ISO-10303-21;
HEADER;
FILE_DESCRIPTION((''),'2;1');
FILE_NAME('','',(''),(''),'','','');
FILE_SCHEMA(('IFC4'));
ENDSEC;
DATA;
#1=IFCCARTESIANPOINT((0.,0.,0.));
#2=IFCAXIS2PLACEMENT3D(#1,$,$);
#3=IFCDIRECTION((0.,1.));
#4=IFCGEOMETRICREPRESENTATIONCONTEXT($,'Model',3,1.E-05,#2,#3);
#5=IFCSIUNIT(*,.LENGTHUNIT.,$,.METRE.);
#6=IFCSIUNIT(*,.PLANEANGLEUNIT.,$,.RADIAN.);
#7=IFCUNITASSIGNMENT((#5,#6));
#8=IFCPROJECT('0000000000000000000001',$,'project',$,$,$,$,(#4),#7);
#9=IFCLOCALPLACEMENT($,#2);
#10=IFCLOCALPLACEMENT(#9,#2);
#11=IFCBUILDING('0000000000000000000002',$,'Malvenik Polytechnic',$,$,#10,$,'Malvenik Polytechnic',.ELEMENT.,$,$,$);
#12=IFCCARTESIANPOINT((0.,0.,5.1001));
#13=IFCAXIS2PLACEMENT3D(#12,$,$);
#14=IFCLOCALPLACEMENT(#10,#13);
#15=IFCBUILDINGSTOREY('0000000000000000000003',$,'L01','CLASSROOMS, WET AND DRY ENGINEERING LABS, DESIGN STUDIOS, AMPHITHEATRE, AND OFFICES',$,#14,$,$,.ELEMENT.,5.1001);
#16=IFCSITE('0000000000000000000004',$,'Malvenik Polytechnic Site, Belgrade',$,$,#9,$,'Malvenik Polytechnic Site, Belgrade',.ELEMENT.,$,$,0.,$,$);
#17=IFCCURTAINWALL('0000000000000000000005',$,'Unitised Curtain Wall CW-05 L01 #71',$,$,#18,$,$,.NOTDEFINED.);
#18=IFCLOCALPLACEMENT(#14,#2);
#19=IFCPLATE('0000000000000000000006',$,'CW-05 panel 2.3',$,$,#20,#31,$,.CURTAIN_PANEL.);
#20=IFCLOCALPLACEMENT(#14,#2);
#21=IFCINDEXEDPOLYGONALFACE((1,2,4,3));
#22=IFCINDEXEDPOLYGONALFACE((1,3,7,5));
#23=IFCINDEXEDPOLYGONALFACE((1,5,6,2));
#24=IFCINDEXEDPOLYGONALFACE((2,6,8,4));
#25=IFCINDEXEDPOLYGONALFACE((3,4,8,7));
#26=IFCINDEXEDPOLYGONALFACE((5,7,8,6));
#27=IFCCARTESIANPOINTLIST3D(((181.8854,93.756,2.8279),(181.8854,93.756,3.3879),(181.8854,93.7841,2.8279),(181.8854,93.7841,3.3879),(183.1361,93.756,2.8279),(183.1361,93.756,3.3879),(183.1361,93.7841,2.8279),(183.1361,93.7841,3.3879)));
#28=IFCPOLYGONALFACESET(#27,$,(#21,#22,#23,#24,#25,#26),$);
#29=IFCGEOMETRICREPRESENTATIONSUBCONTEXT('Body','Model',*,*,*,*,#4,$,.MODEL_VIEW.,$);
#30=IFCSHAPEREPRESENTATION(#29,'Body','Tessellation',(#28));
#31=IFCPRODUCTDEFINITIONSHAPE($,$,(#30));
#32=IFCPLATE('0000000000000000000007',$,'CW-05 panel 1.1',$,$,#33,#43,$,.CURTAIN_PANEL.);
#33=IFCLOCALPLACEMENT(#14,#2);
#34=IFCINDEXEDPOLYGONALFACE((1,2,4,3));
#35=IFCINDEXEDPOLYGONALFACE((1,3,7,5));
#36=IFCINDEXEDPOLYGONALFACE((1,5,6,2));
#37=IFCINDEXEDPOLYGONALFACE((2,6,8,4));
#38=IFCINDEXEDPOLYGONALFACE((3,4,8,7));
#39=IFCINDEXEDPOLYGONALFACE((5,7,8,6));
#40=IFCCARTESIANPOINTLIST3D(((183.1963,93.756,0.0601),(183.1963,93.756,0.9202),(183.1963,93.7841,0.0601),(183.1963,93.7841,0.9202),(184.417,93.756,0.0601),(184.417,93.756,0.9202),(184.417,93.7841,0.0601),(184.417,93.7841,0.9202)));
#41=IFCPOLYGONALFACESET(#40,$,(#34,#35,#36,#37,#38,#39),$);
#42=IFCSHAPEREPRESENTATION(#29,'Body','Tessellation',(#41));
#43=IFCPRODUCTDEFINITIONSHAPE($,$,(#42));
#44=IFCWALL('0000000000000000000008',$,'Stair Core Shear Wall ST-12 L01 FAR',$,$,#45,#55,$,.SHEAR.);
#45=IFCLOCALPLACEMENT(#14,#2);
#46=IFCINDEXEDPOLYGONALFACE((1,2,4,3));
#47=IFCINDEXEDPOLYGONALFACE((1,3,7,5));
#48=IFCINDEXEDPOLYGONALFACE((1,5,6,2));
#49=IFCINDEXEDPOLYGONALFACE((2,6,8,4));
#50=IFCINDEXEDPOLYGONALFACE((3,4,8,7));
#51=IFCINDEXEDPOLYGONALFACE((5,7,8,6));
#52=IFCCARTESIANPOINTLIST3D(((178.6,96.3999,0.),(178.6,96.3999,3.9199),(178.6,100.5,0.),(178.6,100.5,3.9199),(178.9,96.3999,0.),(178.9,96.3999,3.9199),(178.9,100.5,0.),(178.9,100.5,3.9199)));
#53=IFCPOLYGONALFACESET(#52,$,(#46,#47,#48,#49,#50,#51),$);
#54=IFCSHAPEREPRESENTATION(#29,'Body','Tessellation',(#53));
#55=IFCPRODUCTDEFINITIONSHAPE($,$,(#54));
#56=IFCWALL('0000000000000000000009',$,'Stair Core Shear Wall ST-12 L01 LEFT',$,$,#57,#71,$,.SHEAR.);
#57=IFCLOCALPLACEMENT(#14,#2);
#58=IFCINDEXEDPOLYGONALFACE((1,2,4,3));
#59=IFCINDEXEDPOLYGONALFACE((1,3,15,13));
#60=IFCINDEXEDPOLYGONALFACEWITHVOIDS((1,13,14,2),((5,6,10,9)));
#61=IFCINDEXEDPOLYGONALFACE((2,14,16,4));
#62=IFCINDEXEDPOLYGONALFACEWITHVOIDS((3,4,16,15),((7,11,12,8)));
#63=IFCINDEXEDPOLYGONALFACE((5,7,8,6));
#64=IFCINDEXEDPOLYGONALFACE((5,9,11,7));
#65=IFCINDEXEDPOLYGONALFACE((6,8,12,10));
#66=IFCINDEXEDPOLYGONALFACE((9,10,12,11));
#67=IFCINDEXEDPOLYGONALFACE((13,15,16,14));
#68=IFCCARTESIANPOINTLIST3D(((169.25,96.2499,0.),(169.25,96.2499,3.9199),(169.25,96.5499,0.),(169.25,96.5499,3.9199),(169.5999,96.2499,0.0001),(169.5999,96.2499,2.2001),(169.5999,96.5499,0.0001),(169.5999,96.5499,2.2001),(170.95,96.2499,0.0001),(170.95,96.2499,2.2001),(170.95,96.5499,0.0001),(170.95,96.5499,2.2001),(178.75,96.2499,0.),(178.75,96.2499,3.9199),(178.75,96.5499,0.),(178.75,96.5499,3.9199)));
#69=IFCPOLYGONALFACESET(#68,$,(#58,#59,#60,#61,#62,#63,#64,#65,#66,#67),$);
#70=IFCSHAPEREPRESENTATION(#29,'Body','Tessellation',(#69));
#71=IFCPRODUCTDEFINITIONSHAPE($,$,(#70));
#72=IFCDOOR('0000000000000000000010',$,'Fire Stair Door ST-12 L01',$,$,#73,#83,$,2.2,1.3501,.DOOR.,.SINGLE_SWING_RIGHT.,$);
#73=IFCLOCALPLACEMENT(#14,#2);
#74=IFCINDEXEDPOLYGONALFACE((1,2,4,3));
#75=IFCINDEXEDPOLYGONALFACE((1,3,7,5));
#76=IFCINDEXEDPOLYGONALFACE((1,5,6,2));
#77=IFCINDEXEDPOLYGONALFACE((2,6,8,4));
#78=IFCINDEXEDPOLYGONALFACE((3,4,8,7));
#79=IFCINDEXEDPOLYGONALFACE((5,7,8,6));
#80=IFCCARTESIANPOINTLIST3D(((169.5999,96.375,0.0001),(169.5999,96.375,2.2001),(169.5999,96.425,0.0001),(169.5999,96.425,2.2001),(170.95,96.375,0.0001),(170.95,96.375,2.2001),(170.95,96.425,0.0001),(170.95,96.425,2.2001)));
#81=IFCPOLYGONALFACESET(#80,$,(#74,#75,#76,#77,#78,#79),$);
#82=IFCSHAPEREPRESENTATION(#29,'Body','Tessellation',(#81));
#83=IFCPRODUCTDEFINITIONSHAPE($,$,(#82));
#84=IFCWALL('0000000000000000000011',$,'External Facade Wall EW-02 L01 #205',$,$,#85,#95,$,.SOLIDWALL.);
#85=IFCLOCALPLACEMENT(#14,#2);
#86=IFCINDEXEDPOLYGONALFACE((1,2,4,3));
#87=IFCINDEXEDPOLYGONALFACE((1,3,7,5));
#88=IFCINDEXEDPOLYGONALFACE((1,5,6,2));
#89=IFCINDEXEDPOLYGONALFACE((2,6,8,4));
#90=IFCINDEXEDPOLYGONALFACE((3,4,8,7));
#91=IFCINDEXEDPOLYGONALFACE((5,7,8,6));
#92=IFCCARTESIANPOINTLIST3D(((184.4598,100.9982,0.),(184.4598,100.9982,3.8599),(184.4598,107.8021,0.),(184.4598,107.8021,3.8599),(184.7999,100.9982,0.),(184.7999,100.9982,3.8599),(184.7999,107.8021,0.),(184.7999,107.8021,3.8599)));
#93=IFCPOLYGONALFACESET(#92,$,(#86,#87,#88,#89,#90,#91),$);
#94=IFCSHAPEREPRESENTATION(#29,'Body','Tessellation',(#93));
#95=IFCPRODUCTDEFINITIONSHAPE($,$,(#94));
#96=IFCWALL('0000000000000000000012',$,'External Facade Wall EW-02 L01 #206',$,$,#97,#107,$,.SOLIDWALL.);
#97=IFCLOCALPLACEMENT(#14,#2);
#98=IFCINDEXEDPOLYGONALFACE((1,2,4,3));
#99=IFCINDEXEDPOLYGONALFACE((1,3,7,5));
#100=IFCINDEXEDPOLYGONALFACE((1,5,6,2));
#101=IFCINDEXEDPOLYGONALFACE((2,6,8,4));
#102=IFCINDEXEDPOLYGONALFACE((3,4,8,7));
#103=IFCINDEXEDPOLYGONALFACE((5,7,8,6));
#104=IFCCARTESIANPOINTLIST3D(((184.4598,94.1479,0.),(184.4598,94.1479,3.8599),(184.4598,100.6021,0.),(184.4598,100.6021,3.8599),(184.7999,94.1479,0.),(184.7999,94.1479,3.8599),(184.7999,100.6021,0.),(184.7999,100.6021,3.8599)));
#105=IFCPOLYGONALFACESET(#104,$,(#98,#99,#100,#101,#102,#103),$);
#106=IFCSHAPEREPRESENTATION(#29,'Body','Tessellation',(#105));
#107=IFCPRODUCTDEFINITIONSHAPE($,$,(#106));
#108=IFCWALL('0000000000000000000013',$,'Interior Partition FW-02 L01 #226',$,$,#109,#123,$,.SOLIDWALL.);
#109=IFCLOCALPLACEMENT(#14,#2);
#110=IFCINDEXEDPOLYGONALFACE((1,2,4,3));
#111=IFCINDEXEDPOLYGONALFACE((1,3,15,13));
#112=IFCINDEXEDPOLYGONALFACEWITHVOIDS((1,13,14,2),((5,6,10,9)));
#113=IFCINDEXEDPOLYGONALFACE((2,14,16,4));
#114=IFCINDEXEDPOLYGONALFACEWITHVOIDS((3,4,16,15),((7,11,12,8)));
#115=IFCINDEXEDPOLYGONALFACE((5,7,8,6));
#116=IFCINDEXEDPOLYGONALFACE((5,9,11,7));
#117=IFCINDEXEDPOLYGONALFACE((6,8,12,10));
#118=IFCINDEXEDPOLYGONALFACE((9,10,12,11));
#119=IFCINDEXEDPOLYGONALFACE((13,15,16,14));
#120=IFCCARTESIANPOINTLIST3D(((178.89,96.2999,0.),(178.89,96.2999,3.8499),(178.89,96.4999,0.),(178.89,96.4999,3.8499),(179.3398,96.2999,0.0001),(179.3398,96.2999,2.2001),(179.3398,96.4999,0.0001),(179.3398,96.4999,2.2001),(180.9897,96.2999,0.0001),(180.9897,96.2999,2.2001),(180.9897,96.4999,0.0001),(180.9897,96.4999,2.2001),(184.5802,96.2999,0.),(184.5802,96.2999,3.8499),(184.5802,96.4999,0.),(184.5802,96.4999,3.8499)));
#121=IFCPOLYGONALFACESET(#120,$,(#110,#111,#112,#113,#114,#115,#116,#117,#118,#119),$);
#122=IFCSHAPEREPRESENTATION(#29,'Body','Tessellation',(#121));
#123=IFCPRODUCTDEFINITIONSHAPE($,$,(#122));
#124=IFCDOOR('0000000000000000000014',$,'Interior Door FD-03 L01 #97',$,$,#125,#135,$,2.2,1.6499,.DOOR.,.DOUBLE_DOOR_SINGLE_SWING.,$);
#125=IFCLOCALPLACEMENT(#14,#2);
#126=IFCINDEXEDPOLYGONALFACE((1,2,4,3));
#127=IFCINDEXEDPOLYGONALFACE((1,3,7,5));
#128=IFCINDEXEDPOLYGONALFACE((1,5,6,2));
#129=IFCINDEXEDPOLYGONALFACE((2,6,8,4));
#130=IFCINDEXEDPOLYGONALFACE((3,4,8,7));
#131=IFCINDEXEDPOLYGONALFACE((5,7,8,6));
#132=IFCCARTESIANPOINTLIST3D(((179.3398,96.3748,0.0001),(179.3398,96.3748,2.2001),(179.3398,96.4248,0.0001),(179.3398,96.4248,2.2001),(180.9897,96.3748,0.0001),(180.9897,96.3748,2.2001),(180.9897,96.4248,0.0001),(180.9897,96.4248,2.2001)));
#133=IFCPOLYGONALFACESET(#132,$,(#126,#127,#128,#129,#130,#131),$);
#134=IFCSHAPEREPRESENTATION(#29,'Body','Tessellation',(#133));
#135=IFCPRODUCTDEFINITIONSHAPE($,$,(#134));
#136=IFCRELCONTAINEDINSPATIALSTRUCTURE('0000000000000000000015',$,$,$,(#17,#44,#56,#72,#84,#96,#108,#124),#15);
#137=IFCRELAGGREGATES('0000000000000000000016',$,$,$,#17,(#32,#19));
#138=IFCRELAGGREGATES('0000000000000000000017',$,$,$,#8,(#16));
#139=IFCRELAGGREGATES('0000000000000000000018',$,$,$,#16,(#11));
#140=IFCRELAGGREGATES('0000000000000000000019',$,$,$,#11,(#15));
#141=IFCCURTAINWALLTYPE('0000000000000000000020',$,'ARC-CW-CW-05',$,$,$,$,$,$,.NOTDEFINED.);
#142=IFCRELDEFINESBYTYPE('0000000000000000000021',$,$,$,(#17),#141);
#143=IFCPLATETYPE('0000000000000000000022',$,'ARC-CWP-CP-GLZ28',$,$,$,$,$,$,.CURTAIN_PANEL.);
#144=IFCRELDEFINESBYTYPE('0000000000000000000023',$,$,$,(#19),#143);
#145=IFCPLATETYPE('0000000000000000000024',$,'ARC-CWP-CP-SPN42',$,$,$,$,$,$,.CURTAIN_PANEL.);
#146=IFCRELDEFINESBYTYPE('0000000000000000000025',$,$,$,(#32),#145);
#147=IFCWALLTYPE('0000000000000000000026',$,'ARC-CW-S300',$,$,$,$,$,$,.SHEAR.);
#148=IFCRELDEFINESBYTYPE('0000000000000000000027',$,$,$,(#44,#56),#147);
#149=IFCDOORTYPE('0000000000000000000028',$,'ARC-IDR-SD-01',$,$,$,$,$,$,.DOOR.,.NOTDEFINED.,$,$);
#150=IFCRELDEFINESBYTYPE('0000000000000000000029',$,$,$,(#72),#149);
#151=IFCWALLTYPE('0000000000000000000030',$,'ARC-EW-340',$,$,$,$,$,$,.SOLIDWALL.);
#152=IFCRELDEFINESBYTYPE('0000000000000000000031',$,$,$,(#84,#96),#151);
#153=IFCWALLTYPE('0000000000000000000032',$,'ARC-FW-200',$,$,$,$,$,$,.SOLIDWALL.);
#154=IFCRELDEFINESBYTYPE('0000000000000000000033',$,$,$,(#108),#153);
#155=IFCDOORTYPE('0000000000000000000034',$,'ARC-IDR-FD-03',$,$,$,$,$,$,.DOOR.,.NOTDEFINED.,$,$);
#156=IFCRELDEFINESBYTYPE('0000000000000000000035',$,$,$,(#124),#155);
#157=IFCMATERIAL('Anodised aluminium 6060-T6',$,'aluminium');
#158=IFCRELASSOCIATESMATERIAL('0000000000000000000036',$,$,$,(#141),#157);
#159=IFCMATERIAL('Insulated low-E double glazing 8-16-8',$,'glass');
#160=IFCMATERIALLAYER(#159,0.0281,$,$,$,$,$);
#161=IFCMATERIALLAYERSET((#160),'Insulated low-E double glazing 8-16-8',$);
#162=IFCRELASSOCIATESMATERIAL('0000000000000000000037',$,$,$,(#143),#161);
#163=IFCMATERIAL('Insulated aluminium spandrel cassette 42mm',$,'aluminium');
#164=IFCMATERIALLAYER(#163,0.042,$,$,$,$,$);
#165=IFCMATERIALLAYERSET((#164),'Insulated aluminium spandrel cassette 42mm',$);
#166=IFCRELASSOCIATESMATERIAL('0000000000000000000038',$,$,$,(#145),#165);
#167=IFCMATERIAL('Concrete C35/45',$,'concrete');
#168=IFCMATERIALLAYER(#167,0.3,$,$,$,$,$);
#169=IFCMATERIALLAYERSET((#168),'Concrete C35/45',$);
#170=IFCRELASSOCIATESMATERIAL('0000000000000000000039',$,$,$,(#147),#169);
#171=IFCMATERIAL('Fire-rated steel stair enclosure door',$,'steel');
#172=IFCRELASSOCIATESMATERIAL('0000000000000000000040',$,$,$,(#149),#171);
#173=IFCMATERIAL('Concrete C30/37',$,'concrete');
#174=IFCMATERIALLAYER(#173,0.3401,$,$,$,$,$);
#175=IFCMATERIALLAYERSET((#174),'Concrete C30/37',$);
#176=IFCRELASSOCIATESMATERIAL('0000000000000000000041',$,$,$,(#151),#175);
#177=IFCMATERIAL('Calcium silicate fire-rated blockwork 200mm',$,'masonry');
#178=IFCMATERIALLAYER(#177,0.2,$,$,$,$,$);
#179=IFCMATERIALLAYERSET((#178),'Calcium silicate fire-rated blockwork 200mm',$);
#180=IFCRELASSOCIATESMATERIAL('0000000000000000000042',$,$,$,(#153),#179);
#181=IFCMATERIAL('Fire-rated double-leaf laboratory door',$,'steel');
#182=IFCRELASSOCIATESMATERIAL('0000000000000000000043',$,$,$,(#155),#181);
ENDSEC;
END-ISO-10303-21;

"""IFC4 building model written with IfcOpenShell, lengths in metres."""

from ifc_helpers import new_model, si_unit, direction, frame, frame_2d, origin, origin_2d, place, context, subcontext, project, spatial, rectangle, extrude, material, layer, layer_set, type_object, element, fill, aggregate, save


model = new_model("IFC4")

# Units and contexts
model_context = context("Model", 3, precision=1e-05, world=origin(), true_north=direction((0.0, 1.0)))
body_context = subcontext(model_context, "Body", "Model", "MODEL_VIEW")
ifc_project = project(units=[si_unit("LENGTHUNIT", "METRE"), si_unit("PLANEANGLEUNIT", "RADIAN")], contexts=[model_context])

# Site, building, storey
site_placement = place(None, origin())
site = spatial("IfcSite", under=ifc_project, at=site_placement, Name="Malvenik Polytechnic Site, Belgrade", LongName="Malvenik Polytechnic Site, Belgrade", CompositionType="ELEMENT", RefElevation=0.0)
building_placement = place(site_placement, origin())
building = spatial("IfcBuilding", under=site, at=building_placement, Name="Malvenik Polytechnic", LongName="Malvenik Polytechnic", CompositionType="ELEMENT")
storey_placement = place(building_placement, frame((0.0, 0.0, 5.1001)))
storey = spatial("IfcBuildingStorey", under=building, at=storey_placement, Name="L01", Description="CLASSROOMS, WET AND DRY ENGINEERING LABS, DESIGN STUDIOS, AMPHITHEATRE, AND OFFICES", CompositionType="ELEMENT", Elevation=5.1001)

# Shared definitions
ifc_material_1 = material(Name="Concrete C30/37", Category="concrete")
ifc_material_2 = material(Name="Concrete C35/45", Category="concrete")

# Curtain wall, plates
ifc_material_3 = material(Name="Anodised aluminium 6060-T6", Category="aluminium")
curtain_wall_type = type_object("IfcCurtainWallType", Name="ARC-CW-CW-05", PredefinedType="NOTDEFINED", material=ifc_material_3)
curtain_wall_placement = place(storey_placement, origin())
curtain_wall = element("IfcCurtainWall", 1, at=curtain_wall_placement, inside=storey, type_object=curtain_wall_type, Name="Unitised Curtain Wall CW-05 L01 #71", PredefinedType="NOTDEFINED")
ifc_material_4 = material(Name="Insulated low-E double glazing 8-16-8", Category="glass")
ifc_layer_1 = layer(ifc_material_4, 0.0281)
ifc_layer_set_1 = layer_set([ifc_layer_1], Name="Insulated low-E double glazing 8-16-8")
plate_type_1 = type_object("IfcPlateType", Name="ARC-CWP-CP-GLZ28", PredefinedType="CURTAIN_PANEL", material=ifc_layer_set_1)
plate_1_placement = place(storey_placement, frame((182.5107, 93.77, 2.8279), z_axis=(0.0, 0.0, 1.0), x_axis=(-1.0, 0.0, 0.0)))
plate_1 = element("IfcPlate", 2, at=plate_1_placement, type_object=plate_type_1, Name="CW-05 panel 2.3", PredefinedType="CURTAIN_PANEL", context=body_context, shape_type="SweptSolid", body=[
    extrude(rectangle(XDim=1.2507, YDim=0.0281, at=origin_2d()), origin(), (0.0, 0.0, 1.0), 0.5601),
])
ifc_material_5 = material(Name="Insulated aluminium spandrel cassette 42mm", Category="aluminium")
ifc_layer_2 = layer(ifc_material_5, 0.042)
ifc_layer_set_2 = layer_set([ifc_layer_2], Name="Insulated aluminium spandrel cassette 42mm")
plate_type_2 = type_object("IfcPlateType", Name="ARC-CWP-CP-SPN42", PredefinedType="CURTAIN_PANEL", material=ifc_layer_set_2)
plate_2_placement = place(storey_placement, frame((183.8066, 93.77, 0.0601), z_axis=(0.0, 0.0, 1.0), x_axis=(-1.0, 0.0, 0.0)))
plate_2 = element("IfcPlate", 3, at=plate_2_placement, type_object=plate_type_2, Name="CW-05 panel 1.1", PredefinedType="CURTAIN_PANEL", context=body_context, shape_type="SweptSolid", body=[
    extrude(rectangle(XDim=1.2207, YDim=0.0281, at=origin_2d()), origin(), (0.0, 0.0, 1.0), 0.8601),
])
aggregate(curtain_wall, [plate_2, plate_1])

# Wall
ifc_layer_3 = layer(ifc_material_2, 0.3)
ifc_layer_set_3 = layer_set([ifc_layer_3], Name="Concrete C35/45")
wall_type_1 = type_object("IfcWallType", Name="ARC-CW-S300", PredefinedType="SHEAR", material=ifc_layer_set_3)
wall_1_placement = place(storey_placement, frame((178.75, 100.5, 0.0), z_axis=(0.0, 0.0, 1.0), x_axis=(0.0, -1.0, 0.0)))
element("IfcWall", 4, at=wall_1_placement, inside=storey, type_object=wall_type_1, Name="Stair Core Shear Wall ST-12 L01 FAR", PredefinedType="SHEAR", context=body_context, shape_type="SweptSolid", body=[
    extrude(rectangle(XDim=4.1001, YDim=0.3, at=frame_2d((2.05, 0.0))), origin(), (0.0, 0.0, 1.0), 3.9199),
])

# Wall, opening, door
wall_2_placement = place(storey_placement, frame((178.75, 96.3999, 0.0), z_axis=(0.0, 0.0, 1.0), x_axis=(-1.0, 0.0, 0.0)))
wall_2 = element("IfcWall", 5, at=wall_2_placement, inside=storey, type_object=wall_type_1, Name="Stair Core Shear Wall ST-12 L01 LEFT", PredefinedType="SHEAR", context=body_context, shape_type="SweptSolid", body=[
    extrude(rectangle(XDim=9.5, YDim=0.3, at=frame_2d((4.75, 0.0))), origin(), (0.0, 0.0, 1.0), 3.9199),
])
opening_1_placement = place(wall_2_placement, frame((7.8, 0.0, 0.0)))
opening_1 = element("IfcOpeningElement", 6, at=opening_1_placement, cuts=wall_2, PredefinedType="OPENING", context=body_context, shape_type="SweptSolid", body=[
    extrude(rectangle(XDim=1.3501, YDim=2.2, at=frame_2d((0.675, 1.1001))), frame((0.0, 0.1602, 0.0), z_axis=(0.0, -1.0, 0.0), x_axis=(1.0, 0.0, 0.0)), (0.0, 0.0, 1.0), 0.3201),
])
ifc_material_6 = material(Name="Fire-rated steel stair enclosure door", Category="steel")
door_type_1 = type_object("IfcDoorType", Name="ARC-IDR-SD-01", OperationType="NOTDEFINED", PredefinedType="DOOR", material=ifc_material_6)
door_1_placement = place(opening_1_placement, origin())
door_1 = element("IfcDoor", 7, at=door_1_placement, inside=storey, type_object=door_type_1, Name="Fire Stair Door ST-12 L01", OperationType="SINGLE_SWING_RIGHT", OverallHeight=2.2, OverallWidth=1.3501, PredefinedType="DOOR", context=body_context, shape_type="SweptSolid", body=[
    extrude(rectangle(XDim=1.3501, YDim=2.2, at=frame_2d((0.675, 1.1001))), frame((0.0, 0.0249, 0.0), z_axis=(0.0, -1.0, 0.0), x_axis=(1.0, 0.0, 0.0)), (0.0, 0.0, 1.0), 0.05),
])
fill(opening_1, door_1)

# Walls
ifc_layer_4 = layer(ifc_material_1, 0.3401)
ifc_layer_set_4 = layer_set([ifc_layer_4], Name="Concrete C30/37")
wall_type_2 = type_object("IfcWallType", Name="ARC-EW-340", PredefinedType="SOLIDWALL", material=ifc_layer_set_4)
wall_3_placement = place(storey_placement, frame((184.6299, 107.802, 0.0), z_axis=(0.0, 0.0, 1.0), x_axis=(0.0, -1.0, 0.0)))
element("IfcWall", 8, at=wall_3_placement, inside=storey, type_object=wall_type_2, Name="External Facade Wall EW-02 L01 #205", PredefinedType="SOLIDWALL", context=body_context, shape_type="SweptSolid", body=[
    extrude(rectangle(XDim=6.804, YDim=0.3401, at=frame_2d((3.4019, 0.0))), origin(), (0.0, 0.0, 1.0), 3.8599),
])
wall_4_placement = place(storey_placement, frame((184.6299, 100.6021, 0.0), z_axis=(0.0, 0.0, 1.0), x_axis=(0.0, -1.0, 0.0)))
element("IfcWall", 9, at=wall_4_placement, inside=storey, type_object=wall_type_2, Name="External Facade Wall EW-02 L01 #206", PredefinedType="SOLIDWALL", context=body_context, shape_type="SweptSolid", body=[
    extrude(rectangle(XDim=6.4541, YDim=0.3401, at=frame_2d((3.2271, 0.0))), origin(), (0.0, 0.0, 1.0), 3.8599),
])

# Wall, opening, door
ifc_material_7 = material(Name="Calcium silicate fire-rated blockwork 200mm", Category="masonry")
ifc_layer_5 = layer(ifc_material_7, 0.2)
ifc_layer_set_5 = layer_set([ifc_layer_5], Name="Calcium silicate fire-rated blockwork 200mm")
wall_type_3 = type_object("IfcWallType", Name="ARC-FW-200", PredefinedType="SOLIDWALL", material=ifc_layer_set_5)
wall_5_placement = place(storey_placement, frame((178.8899, 96.3999, 0.0), z_axis=(0.0, 0.0, 1.0), x_axis=(1.0, 0.0, 0.0)))
wall_5 = element("IfcWall", 10, at=wall_5_placement, inside=storey, type_object=wall_type_3, Name="Interior Partition FW-02 L01 #226", PredefinedType="SOLIDWALL", context=body_context, shape_type="SweptSolid", body=[
    extrude(rectangle(XDim=5.6902, YDim=0.2, at=frame_2d((2.8452, 0.0))), origin(), (0.0, 0.0, 1.0), 3.8499),
])
opening_2_placement = place(wall_5_placement, frame((0.45, 0.0, 0.0)))
opening_2 = element("IfcOpeningElement", 11, at=opening_2_placement, cuts=wall_5, PredefinedType="OPENING", context=body_context, shape_type="SweptSolid", body=[
    extrude(rectangle(XDim=1.6499, YDim=2.2, at=frame_2d((0.825, 1.1001))), frame((0.0, 0.1099, 0.0), z_axis=(0.0, -1.0, 0.0), x_axis=(1.0, 0.0, 0.0)), (0.0, 0.0, 1.0), 0.22),
])
ifc_material_8 = material(Name="Fire-rated double-leaf laboratory door", Category="steel")
door_type_2 = type_object("IfcDoorType", Name="ARC-IDR-FD-03", OperationType="NOTDEFINED", PredefinedType="DOOR", material=ifc_material_8)
door_2_placement = place(opening_2_placement, origin())
door_2 = element("IfcDoor", 12, at=door_2_placement, inside=storey, type_object=door_type_2, Name="Interior Door FD-03 L01 #97", OperationType="DOUBLE_DOOR_SINGLE_SWING", OverallHeight=2.2, OverallWidth=1.6499, PredefinedType="DOOR", context=body_context, shape_type="SweptSolid", body=[
    extrude(rectangle(XDim=1.6499, YDim=2.2, at=frame_2d((0.825, 1.1001))), frame((0.0, 0.0249, 0.0), z_axis=(0.0, -1.0, 0.0), x_axis=(1.0, 0.0, 0.0)), (0.0, 0.0, 1.0), 0.05),
])
fill(opening_2, door_2)

save(model, "model.ifc")
